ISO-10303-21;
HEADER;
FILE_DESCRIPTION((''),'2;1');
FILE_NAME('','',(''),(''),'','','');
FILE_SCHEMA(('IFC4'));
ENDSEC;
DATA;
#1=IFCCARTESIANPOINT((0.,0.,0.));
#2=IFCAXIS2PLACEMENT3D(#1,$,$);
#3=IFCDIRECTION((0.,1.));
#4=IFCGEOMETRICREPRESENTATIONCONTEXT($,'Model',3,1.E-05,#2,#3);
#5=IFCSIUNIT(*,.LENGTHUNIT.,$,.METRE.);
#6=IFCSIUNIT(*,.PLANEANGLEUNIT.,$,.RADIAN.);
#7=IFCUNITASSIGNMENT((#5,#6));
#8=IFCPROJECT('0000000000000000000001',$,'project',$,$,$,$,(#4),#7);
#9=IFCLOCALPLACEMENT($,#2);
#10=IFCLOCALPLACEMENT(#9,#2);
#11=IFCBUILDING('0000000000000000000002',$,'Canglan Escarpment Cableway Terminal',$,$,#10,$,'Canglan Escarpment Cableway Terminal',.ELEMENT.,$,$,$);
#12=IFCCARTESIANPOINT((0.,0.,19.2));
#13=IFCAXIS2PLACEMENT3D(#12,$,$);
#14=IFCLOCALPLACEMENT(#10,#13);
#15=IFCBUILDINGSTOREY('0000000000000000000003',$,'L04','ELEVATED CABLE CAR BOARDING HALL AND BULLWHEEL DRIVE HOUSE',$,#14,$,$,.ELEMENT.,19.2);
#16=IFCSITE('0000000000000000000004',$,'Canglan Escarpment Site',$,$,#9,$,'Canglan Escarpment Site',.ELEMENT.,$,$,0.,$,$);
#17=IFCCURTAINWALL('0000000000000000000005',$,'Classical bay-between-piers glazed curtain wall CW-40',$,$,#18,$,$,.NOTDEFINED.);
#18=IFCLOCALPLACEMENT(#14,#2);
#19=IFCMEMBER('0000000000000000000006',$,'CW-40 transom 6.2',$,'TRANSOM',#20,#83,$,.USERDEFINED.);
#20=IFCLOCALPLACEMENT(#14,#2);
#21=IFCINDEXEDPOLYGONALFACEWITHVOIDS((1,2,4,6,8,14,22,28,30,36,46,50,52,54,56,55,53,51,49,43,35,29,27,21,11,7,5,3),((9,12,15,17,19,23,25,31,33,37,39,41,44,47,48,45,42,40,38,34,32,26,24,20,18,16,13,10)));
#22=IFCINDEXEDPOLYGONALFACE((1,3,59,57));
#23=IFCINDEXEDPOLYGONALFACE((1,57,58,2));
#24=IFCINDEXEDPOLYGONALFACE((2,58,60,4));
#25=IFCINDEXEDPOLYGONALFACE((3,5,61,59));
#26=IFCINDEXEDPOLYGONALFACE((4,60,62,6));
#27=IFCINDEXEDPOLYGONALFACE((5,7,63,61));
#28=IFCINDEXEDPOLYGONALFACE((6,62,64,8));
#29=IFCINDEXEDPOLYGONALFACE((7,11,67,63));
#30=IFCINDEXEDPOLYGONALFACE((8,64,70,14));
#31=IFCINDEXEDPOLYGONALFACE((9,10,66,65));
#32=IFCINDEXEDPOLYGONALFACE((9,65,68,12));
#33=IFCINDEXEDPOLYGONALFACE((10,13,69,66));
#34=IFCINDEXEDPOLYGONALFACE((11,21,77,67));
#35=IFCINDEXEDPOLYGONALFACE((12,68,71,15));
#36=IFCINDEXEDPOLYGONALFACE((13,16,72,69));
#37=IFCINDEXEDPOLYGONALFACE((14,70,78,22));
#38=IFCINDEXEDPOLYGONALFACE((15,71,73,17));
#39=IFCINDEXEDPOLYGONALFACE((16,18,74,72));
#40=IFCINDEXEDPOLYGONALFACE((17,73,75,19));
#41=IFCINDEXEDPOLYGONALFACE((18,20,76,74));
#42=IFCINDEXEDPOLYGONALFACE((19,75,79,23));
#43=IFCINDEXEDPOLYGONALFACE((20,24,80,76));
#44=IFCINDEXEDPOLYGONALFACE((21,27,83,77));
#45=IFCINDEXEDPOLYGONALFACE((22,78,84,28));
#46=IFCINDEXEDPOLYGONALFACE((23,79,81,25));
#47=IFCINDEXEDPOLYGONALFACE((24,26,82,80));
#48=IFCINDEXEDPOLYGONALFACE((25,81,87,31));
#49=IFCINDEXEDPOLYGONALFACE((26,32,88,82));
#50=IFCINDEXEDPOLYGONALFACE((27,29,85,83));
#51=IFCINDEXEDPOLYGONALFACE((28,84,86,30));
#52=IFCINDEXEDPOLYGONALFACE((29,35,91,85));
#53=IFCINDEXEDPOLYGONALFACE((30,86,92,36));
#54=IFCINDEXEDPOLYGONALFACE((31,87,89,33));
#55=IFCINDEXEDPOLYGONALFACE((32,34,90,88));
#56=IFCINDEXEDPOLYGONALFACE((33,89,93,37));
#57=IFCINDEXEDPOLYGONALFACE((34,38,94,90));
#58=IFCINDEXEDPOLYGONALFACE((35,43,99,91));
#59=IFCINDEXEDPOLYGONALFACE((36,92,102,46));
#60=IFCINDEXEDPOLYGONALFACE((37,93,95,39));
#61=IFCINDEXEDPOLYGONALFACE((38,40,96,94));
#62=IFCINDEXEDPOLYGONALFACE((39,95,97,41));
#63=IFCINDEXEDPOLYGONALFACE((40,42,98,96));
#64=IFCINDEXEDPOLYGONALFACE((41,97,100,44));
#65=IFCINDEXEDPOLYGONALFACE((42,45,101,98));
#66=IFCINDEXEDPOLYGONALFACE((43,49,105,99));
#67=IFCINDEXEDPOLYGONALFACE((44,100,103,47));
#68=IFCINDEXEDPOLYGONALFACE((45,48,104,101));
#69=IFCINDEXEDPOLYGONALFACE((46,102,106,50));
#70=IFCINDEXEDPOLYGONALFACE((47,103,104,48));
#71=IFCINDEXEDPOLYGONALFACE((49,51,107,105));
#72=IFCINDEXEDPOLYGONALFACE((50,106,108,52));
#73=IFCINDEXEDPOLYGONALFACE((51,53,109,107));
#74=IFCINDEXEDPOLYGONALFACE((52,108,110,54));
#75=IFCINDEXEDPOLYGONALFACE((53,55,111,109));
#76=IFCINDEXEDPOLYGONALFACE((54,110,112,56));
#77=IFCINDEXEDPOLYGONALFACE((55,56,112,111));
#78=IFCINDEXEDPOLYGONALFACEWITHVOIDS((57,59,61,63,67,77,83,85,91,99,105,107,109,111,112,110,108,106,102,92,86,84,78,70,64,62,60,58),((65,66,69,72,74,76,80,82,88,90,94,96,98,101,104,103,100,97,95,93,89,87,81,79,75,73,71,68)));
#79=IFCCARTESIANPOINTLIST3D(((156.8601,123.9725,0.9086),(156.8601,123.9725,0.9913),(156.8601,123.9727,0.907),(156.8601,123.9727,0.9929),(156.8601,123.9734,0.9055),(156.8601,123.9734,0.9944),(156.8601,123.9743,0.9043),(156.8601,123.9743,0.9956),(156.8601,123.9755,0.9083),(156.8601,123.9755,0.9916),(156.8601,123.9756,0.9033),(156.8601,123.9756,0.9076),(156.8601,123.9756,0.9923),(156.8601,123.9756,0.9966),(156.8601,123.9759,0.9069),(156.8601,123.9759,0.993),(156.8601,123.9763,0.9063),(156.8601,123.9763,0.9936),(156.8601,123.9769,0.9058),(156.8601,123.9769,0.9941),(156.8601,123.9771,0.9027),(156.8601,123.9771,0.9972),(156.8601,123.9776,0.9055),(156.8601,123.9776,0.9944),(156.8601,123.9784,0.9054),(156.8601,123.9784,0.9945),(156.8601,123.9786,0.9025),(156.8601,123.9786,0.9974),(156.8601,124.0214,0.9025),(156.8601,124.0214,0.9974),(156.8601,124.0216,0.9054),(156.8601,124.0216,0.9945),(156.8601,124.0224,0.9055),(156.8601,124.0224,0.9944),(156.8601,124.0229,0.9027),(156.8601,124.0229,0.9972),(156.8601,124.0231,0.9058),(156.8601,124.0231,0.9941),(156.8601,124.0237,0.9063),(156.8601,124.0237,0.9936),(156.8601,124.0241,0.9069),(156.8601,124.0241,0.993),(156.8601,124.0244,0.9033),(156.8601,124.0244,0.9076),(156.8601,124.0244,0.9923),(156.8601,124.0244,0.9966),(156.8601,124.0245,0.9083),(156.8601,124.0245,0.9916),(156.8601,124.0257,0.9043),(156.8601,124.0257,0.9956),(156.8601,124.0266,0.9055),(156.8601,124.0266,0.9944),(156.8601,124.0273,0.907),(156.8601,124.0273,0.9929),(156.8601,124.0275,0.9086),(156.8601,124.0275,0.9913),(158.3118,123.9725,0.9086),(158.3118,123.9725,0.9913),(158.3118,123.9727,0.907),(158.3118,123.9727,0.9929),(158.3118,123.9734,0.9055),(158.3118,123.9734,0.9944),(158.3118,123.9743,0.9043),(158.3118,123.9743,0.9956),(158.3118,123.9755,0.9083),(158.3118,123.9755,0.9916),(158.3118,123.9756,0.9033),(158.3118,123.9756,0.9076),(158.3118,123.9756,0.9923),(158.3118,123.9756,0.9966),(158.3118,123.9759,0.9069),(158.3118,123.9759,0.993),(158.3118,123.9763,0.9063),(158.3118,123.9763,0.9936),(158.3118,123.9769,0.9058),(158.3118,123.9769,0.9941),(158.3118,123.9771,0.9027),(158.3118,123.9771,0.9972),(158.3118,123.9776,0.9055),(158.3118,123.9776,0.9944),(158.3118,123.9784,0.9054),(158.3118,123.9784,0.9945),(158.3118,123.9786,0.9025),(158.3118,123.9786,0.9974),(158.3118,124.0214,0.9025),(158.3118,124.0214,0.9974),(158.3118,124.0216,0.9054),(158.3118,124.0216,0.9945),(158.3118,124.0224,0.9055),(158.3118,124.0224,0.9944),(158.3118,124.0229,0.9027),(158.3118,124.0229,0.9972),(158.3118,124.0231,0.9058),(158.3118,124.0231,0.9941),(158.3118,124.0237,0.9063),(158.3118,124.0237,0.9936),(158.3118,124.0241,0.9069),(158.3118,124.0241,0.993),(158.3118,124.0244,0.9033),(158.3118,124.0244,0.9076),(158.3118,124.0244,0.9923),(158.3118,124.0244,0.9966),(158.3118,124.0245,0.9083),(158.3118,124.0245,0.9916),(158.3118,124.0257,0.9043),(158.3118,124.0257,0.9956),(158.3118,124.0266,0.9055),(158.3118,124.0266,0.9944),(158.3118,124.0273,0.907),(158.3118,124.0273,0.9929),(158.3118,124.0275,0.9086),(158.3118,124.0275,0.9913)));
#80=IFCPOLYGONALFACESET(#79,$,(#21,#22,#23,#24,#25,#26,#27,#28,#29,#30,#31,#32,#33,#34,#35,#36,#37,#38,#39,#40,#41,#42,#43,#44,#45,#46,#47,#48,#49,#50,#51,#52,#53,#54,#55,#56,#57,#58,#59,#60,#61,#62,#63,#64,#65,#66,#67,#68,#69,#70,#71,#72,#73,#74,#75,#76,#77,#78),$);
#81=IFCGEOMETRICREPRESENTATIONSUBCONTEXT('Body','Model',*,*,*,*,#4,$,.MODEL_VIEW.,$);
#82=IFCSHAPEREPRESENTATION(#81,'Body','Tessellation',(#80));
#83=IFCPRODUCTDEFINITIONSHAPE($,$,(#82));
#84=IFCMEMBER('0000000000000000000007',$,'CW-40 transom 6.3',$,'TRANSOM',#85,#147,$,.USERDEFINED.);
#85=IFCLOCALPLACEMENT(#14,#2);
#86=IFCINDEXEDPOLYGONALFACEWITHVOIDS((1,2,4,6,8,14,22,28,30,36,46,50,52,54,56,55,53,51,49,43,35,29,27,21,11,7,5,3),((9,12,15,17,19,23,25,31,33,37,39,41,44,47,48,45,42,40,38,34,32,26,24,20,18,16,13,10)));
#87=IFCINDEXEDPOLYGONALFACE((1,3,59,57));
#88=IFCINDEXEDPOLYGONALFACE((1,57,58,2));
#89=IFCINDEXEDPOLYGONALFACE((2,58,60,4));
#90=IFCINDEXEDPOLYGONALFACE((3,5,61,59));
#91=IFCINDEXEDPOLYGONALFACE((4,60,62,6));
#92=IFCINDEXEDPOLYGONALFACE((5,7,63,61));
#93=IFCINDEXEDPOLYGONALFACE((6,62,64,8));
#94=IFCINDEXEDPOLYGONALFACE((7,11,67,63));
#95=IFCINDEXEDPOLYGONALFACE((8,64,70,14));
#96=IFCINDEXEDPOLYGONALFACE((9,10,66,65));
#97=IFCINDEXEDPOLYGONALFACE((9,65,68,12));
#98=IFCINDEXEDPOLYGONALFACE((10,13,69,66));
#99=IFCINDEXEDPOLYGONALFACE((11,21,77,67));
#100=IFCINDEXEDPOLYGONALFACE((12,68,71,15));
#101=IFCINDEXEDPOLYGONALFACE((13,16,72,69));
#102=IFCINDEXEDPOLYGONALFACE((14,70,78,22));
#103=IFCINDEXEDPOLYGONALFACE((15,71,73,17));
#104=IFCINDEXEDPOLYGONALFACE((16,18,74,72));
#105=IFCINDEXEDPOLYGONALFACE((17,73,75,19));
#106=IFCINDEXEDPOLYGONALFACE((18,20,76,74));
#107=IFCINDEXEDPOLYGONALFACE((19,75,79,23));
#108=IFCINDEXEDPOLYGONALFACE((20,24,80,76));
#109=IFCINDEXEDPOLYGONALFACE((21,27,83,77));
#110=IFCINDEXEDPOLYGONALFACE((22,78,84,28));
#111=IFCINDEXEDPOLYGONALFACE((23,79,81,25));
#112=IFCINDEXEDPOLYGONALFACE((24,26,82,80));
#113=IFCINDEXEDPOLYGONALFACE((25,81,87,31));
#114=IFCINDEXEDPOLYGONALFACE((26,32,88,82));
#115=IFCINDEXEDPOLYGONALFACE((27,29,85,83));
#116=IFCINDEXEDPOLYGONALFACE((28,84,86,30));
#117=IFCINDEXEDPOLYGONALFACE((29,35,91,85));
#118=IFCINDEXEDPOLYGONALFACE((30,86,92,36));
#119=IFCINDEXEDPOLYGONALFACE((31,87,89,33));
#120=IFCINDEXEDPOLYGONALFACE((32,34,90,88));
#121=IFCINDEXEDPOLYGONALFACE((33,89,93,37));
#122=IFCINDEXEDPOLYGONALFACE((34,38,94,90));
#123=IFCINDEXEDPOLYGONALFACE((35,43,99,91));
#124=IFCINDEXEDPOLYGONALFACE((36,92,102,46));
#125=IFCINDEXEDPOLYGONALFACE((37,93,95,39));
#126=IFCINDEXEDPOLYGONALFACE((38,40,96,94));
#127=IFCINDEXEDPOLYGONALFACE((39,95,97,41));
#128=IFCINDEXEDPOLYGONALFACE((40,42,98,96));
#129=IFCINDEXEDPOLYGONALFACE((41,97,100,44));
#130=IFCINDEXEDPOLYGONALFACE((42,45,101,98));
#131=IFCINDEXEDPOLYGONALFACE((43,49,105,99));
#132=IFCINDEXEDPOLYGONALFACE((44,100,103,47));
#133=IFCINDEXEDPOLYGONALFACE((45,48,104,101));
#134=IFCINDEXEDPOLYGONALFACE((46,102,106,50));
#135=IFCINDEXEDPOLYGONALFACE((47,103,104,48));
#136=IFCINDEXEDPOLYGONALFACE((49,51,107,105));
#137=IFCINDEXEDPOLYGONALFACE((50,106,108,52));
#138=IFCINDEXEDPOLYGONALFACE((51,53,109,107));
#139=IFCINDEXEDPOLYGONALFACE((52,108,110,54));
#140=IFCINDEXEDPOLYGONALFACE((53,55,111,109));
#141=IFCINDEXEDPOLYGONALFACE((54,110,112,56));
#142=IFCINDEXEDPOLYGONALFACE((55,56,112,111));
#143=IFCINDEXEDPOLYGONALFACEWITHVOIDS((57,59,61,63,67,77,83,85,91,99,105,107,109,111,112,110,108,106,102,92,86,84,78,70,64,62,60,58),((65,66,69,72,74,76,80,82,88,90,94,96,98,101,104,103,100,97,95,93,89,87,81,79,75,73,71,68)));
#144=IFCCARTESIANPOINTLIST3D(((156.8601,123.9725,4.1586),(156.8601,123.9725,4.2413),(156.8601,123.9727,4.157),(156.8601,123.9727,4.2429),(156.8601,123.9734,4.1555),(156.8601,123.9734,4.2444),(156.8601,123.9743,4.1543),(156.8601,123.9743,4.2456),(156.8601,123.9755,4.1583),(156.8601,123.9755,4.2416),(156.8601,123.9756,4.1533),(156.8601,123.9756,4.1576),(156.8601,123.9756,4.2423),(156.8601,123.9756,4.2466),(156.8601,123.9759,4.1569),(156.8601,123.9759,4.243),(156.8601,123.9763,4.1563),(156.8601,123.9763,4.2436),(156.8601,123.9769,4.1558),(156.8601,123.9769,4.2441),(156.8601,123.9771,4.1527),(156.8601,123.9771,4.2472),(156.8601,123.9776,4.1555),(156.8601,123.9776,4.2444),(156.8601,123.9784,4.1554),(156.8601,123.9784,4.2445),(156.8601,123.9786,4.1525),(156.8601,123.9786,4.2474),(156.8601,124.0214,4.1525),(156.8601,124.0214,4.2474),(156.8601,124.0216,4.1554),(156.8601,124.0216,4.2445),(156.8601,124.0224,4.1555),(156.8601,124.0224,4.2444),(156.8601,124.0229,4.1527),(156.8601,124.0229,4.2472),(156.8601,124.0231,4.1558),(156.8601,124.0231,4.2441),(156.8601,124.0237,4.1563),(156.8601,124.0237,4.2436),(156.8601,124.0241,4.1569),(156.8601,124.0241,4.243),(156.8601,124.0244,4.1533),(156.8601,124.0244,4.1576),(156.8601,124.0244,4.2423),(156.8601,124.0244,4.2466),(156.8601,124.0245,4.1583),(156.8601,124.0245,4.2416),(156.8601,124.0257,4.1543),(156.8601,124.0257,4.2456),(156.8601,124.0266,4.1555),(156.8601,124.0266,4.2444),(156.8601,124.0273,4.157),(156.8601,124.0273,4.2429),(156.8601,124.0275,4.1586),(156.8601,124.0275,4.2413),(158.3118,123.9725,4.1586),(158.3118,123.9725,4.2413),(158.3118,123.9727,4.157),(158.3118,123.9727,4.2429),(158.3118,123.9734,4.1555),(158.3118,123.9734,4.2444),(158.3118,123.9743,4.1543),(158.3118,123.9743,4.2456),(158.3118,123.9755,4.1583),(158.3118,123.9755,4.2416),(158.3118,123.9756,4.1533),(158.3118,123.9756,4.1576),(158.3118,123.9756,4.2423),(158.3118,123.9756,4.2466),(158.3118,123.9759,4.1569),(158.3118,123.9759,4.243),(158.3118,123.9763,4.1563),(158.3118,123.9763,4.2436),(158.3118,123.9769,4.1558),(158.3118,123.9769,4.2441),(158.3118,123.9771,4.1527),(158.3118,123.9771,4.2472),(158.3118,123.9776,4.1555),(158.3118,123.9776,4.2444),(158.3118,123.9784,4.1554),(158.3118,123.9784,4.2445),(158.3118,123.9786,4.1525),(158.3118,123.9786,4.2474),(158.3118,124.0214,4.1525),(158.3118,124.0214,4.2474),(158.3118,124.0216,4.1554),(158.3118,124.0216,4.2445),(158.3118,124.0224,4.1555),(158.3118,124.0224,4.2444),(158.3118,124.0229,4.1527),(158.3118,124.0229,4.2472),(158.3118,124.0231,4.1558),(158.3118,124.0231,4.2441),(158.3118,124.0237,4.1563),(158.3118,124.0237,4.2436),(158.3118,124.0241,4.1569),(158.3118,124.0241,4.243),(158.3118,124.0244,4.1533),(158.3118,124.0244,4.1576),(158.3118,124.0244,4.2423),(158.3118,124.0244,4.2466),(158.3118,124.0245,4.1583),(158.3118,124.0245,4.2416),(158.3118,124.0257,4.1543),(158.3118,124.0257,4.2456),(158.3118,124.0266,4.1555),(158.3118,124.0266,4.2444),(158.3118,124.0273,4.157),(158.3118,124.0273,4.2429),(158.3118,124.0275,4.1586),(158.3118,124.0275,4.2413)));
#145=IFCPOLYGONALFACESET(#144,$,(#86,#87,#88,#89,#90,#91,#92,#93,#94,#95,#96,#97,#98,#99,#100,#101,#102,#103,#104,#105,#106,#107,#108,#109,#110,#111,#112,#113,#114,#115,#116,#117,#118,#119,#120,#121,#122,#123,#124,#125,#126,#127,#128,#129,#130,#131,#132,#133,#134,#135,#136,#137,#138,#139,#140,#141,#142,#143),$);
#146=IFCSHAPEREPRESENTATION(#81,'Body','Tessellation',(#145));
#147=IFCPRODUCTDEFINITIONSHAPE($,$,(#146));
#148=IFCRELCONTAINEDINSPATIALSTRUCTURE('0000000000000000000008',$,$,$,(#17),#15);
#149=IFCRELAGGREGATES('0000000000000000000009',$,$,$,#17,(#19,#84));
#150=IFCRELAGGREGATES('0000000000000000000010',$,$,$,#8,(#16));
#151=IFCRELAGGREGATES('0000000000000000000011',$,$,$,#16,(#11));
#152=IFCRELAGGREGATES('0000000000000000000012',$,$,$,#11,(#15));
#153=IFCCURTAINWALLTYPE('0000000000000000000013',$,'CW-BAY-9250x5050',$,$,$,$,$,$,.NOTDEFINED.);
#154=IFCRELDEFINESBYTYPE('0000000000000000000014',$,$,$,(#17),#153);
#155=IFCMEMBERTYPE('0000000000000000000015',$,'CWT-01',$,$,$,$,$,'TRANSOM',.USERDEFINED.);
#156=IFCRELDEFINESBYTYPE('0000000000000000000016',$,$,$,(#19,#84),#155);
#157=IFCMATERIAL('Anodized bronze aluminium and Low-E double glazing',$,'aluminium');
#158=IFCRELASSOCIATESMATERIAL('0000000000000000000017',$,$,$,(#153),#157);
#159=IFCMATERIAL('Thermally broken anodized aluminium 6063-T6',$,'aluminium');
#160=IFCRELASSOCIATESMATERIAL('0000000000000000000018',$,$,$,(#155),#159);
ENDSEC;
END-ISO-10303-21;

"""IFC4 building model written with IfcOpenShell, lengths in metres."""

from ifc_helpers import new_model, si_unit, direction, frame, origin, origin_2d, place, context, subcontext, project, spatial, hollow_rectangle, extrude, material, material_profile, profile_set, type_object, element, aggregate, save


model = new_model("IFC4")

# Units and contexts
model_context = context("Model", 3, precision=1e-05, world=origin(), true_north=direction((0.0, 1.0)))
body_context = subcontext(model_context, "Body", "Model", "MODEL_VIEW")
ifc_project = project(units=[si_unit("LENGTHUNIT", "METRE"), si_unit("PLANEANGLEUNIT", "RADIAN")], contexts=[model_context])

# Site, building, storey
site_placement = place(None, origin())
site = spatial("IfcSite", under=ifc_project, at=site_placement, Name="Canglan Escarpment Site", LongName="Canglan Escarpment Site", CompositionType="ELEMENT", RefElevation=0.0)
building_placement = place(site_placement, origin())
building = spatial("IfcBuilding", under=site, at=building_placement, Name="Canglan Escarpment Cableway Terminal", LongName="Canglan Escarpment Cableway Terminal", CompositionType="ELEMENT")
storey_placement = place(building_placement, frame((0.0, 0.0, 19.2)))
storey = spatial("IfcBuildingStorey", under=building, at=storey_placement, Name="L04", Description="ELEVATED CABLE CAR BOARDING HALL AND BULLWHEEL DRIVE HOUSE", CompositionType="ELEMENT", Elevation=19.2)

# Curtain wall
ifc_material_1 = material(Name="Anodized bronze aluminium and Low-E double glazing", Category="aluminium")
curtain_wall_type = type_object("IfcCurtainWallType", Name="CW-BAY-9250x5050", PredefinedType="NOTDEFINED", material=ifc_material_1)
curtain_wall_1_placement = place(storey_placement, origin())
curtain_wall_1 = element("IfcCurtainWall", 1, at=curtain_wall_1_placement, inside=storey, type_object=curtain_wall_type, Name="Classical bay-between-piers glazed curtain wall CW-40", PredefinedType="NOTDEFINED")
ifc_material_2 = material(Name="Thermally broken anodized aluminium 6063-T6", Category="aluminium")

# Members
ifc_material_profile_1 = material_profile(ifc_material_2, hollow_rectangle(XDim=0.0549, YDim=0.095, WallThickness=0.0029, InnerFilletRadius=0.0029, OuterFilletRadius=0.0061, at=origin_2d()), Name="ALU-TRAN 55x95x3")
ifc_profile_set_1 = profile_set([ifc_material_profile_1], Name="Thermally broken anodized aluminium 6063-T6")
member_type_1 = type_object("IfcMemberType", Name="CWT-01", ElementType="TRANSOM", PredefinedType="USERDEFINED", material=ifc_profile_set_1)
member_1_placement = place(storey_placement, frame((158.3118, 124.0, 0.95), z_axis=(-1.0, 0.0, 0.0), x_axis=(0.0, -1.0, 0.0)))
member_1 = element("IfcMember", 2, at=member_1_placement, type_object=member_type_1, Name="CW-40 transom 6.2", ObjectType="TRANSOM", PredefinedType="USERDEFINED", context=body_context, shape_type="SweptSolid", body=[
    extrude(hollow_rectangle(XDim=0.0549, YDim=0.095, WallThickness=0.0029, InnerFilletRadius=0.0029, OuterFilletRadius=0.0061, at=origin_2d()), origin(), (0.0, 0.0, 1.0), 1.4517),
])
member_2_placement = place(storey_placement, frame((158.3118, 124.0, 4.2), z_axis=(-1.0, 0.0, 0.0), x_axis=(0.0, -1.0, 0.0)))
member_2 = element("IfcMember", 3, at=member_2_placement, type_object=member_type_1, Name="CW-40 transom 6.3", ObjectType="TRANSOM", PredefinedType="USERDEFINED", context=body_context, shape_type="SweptSolid", body=[
    extrude(hollow_rectangle(XDim=0.0549, YDim=0.095, WallThickness=0.0029, InnerFilletRadius=0.0029, OuterFilletRadius=0.0061, at=origin_2d()), origin(), (0.0, 0.0, 1.0), 1.4517),
])

aggregate(curtain_wall_1, [member_1, member_2])

save(model, "model.ifc")
